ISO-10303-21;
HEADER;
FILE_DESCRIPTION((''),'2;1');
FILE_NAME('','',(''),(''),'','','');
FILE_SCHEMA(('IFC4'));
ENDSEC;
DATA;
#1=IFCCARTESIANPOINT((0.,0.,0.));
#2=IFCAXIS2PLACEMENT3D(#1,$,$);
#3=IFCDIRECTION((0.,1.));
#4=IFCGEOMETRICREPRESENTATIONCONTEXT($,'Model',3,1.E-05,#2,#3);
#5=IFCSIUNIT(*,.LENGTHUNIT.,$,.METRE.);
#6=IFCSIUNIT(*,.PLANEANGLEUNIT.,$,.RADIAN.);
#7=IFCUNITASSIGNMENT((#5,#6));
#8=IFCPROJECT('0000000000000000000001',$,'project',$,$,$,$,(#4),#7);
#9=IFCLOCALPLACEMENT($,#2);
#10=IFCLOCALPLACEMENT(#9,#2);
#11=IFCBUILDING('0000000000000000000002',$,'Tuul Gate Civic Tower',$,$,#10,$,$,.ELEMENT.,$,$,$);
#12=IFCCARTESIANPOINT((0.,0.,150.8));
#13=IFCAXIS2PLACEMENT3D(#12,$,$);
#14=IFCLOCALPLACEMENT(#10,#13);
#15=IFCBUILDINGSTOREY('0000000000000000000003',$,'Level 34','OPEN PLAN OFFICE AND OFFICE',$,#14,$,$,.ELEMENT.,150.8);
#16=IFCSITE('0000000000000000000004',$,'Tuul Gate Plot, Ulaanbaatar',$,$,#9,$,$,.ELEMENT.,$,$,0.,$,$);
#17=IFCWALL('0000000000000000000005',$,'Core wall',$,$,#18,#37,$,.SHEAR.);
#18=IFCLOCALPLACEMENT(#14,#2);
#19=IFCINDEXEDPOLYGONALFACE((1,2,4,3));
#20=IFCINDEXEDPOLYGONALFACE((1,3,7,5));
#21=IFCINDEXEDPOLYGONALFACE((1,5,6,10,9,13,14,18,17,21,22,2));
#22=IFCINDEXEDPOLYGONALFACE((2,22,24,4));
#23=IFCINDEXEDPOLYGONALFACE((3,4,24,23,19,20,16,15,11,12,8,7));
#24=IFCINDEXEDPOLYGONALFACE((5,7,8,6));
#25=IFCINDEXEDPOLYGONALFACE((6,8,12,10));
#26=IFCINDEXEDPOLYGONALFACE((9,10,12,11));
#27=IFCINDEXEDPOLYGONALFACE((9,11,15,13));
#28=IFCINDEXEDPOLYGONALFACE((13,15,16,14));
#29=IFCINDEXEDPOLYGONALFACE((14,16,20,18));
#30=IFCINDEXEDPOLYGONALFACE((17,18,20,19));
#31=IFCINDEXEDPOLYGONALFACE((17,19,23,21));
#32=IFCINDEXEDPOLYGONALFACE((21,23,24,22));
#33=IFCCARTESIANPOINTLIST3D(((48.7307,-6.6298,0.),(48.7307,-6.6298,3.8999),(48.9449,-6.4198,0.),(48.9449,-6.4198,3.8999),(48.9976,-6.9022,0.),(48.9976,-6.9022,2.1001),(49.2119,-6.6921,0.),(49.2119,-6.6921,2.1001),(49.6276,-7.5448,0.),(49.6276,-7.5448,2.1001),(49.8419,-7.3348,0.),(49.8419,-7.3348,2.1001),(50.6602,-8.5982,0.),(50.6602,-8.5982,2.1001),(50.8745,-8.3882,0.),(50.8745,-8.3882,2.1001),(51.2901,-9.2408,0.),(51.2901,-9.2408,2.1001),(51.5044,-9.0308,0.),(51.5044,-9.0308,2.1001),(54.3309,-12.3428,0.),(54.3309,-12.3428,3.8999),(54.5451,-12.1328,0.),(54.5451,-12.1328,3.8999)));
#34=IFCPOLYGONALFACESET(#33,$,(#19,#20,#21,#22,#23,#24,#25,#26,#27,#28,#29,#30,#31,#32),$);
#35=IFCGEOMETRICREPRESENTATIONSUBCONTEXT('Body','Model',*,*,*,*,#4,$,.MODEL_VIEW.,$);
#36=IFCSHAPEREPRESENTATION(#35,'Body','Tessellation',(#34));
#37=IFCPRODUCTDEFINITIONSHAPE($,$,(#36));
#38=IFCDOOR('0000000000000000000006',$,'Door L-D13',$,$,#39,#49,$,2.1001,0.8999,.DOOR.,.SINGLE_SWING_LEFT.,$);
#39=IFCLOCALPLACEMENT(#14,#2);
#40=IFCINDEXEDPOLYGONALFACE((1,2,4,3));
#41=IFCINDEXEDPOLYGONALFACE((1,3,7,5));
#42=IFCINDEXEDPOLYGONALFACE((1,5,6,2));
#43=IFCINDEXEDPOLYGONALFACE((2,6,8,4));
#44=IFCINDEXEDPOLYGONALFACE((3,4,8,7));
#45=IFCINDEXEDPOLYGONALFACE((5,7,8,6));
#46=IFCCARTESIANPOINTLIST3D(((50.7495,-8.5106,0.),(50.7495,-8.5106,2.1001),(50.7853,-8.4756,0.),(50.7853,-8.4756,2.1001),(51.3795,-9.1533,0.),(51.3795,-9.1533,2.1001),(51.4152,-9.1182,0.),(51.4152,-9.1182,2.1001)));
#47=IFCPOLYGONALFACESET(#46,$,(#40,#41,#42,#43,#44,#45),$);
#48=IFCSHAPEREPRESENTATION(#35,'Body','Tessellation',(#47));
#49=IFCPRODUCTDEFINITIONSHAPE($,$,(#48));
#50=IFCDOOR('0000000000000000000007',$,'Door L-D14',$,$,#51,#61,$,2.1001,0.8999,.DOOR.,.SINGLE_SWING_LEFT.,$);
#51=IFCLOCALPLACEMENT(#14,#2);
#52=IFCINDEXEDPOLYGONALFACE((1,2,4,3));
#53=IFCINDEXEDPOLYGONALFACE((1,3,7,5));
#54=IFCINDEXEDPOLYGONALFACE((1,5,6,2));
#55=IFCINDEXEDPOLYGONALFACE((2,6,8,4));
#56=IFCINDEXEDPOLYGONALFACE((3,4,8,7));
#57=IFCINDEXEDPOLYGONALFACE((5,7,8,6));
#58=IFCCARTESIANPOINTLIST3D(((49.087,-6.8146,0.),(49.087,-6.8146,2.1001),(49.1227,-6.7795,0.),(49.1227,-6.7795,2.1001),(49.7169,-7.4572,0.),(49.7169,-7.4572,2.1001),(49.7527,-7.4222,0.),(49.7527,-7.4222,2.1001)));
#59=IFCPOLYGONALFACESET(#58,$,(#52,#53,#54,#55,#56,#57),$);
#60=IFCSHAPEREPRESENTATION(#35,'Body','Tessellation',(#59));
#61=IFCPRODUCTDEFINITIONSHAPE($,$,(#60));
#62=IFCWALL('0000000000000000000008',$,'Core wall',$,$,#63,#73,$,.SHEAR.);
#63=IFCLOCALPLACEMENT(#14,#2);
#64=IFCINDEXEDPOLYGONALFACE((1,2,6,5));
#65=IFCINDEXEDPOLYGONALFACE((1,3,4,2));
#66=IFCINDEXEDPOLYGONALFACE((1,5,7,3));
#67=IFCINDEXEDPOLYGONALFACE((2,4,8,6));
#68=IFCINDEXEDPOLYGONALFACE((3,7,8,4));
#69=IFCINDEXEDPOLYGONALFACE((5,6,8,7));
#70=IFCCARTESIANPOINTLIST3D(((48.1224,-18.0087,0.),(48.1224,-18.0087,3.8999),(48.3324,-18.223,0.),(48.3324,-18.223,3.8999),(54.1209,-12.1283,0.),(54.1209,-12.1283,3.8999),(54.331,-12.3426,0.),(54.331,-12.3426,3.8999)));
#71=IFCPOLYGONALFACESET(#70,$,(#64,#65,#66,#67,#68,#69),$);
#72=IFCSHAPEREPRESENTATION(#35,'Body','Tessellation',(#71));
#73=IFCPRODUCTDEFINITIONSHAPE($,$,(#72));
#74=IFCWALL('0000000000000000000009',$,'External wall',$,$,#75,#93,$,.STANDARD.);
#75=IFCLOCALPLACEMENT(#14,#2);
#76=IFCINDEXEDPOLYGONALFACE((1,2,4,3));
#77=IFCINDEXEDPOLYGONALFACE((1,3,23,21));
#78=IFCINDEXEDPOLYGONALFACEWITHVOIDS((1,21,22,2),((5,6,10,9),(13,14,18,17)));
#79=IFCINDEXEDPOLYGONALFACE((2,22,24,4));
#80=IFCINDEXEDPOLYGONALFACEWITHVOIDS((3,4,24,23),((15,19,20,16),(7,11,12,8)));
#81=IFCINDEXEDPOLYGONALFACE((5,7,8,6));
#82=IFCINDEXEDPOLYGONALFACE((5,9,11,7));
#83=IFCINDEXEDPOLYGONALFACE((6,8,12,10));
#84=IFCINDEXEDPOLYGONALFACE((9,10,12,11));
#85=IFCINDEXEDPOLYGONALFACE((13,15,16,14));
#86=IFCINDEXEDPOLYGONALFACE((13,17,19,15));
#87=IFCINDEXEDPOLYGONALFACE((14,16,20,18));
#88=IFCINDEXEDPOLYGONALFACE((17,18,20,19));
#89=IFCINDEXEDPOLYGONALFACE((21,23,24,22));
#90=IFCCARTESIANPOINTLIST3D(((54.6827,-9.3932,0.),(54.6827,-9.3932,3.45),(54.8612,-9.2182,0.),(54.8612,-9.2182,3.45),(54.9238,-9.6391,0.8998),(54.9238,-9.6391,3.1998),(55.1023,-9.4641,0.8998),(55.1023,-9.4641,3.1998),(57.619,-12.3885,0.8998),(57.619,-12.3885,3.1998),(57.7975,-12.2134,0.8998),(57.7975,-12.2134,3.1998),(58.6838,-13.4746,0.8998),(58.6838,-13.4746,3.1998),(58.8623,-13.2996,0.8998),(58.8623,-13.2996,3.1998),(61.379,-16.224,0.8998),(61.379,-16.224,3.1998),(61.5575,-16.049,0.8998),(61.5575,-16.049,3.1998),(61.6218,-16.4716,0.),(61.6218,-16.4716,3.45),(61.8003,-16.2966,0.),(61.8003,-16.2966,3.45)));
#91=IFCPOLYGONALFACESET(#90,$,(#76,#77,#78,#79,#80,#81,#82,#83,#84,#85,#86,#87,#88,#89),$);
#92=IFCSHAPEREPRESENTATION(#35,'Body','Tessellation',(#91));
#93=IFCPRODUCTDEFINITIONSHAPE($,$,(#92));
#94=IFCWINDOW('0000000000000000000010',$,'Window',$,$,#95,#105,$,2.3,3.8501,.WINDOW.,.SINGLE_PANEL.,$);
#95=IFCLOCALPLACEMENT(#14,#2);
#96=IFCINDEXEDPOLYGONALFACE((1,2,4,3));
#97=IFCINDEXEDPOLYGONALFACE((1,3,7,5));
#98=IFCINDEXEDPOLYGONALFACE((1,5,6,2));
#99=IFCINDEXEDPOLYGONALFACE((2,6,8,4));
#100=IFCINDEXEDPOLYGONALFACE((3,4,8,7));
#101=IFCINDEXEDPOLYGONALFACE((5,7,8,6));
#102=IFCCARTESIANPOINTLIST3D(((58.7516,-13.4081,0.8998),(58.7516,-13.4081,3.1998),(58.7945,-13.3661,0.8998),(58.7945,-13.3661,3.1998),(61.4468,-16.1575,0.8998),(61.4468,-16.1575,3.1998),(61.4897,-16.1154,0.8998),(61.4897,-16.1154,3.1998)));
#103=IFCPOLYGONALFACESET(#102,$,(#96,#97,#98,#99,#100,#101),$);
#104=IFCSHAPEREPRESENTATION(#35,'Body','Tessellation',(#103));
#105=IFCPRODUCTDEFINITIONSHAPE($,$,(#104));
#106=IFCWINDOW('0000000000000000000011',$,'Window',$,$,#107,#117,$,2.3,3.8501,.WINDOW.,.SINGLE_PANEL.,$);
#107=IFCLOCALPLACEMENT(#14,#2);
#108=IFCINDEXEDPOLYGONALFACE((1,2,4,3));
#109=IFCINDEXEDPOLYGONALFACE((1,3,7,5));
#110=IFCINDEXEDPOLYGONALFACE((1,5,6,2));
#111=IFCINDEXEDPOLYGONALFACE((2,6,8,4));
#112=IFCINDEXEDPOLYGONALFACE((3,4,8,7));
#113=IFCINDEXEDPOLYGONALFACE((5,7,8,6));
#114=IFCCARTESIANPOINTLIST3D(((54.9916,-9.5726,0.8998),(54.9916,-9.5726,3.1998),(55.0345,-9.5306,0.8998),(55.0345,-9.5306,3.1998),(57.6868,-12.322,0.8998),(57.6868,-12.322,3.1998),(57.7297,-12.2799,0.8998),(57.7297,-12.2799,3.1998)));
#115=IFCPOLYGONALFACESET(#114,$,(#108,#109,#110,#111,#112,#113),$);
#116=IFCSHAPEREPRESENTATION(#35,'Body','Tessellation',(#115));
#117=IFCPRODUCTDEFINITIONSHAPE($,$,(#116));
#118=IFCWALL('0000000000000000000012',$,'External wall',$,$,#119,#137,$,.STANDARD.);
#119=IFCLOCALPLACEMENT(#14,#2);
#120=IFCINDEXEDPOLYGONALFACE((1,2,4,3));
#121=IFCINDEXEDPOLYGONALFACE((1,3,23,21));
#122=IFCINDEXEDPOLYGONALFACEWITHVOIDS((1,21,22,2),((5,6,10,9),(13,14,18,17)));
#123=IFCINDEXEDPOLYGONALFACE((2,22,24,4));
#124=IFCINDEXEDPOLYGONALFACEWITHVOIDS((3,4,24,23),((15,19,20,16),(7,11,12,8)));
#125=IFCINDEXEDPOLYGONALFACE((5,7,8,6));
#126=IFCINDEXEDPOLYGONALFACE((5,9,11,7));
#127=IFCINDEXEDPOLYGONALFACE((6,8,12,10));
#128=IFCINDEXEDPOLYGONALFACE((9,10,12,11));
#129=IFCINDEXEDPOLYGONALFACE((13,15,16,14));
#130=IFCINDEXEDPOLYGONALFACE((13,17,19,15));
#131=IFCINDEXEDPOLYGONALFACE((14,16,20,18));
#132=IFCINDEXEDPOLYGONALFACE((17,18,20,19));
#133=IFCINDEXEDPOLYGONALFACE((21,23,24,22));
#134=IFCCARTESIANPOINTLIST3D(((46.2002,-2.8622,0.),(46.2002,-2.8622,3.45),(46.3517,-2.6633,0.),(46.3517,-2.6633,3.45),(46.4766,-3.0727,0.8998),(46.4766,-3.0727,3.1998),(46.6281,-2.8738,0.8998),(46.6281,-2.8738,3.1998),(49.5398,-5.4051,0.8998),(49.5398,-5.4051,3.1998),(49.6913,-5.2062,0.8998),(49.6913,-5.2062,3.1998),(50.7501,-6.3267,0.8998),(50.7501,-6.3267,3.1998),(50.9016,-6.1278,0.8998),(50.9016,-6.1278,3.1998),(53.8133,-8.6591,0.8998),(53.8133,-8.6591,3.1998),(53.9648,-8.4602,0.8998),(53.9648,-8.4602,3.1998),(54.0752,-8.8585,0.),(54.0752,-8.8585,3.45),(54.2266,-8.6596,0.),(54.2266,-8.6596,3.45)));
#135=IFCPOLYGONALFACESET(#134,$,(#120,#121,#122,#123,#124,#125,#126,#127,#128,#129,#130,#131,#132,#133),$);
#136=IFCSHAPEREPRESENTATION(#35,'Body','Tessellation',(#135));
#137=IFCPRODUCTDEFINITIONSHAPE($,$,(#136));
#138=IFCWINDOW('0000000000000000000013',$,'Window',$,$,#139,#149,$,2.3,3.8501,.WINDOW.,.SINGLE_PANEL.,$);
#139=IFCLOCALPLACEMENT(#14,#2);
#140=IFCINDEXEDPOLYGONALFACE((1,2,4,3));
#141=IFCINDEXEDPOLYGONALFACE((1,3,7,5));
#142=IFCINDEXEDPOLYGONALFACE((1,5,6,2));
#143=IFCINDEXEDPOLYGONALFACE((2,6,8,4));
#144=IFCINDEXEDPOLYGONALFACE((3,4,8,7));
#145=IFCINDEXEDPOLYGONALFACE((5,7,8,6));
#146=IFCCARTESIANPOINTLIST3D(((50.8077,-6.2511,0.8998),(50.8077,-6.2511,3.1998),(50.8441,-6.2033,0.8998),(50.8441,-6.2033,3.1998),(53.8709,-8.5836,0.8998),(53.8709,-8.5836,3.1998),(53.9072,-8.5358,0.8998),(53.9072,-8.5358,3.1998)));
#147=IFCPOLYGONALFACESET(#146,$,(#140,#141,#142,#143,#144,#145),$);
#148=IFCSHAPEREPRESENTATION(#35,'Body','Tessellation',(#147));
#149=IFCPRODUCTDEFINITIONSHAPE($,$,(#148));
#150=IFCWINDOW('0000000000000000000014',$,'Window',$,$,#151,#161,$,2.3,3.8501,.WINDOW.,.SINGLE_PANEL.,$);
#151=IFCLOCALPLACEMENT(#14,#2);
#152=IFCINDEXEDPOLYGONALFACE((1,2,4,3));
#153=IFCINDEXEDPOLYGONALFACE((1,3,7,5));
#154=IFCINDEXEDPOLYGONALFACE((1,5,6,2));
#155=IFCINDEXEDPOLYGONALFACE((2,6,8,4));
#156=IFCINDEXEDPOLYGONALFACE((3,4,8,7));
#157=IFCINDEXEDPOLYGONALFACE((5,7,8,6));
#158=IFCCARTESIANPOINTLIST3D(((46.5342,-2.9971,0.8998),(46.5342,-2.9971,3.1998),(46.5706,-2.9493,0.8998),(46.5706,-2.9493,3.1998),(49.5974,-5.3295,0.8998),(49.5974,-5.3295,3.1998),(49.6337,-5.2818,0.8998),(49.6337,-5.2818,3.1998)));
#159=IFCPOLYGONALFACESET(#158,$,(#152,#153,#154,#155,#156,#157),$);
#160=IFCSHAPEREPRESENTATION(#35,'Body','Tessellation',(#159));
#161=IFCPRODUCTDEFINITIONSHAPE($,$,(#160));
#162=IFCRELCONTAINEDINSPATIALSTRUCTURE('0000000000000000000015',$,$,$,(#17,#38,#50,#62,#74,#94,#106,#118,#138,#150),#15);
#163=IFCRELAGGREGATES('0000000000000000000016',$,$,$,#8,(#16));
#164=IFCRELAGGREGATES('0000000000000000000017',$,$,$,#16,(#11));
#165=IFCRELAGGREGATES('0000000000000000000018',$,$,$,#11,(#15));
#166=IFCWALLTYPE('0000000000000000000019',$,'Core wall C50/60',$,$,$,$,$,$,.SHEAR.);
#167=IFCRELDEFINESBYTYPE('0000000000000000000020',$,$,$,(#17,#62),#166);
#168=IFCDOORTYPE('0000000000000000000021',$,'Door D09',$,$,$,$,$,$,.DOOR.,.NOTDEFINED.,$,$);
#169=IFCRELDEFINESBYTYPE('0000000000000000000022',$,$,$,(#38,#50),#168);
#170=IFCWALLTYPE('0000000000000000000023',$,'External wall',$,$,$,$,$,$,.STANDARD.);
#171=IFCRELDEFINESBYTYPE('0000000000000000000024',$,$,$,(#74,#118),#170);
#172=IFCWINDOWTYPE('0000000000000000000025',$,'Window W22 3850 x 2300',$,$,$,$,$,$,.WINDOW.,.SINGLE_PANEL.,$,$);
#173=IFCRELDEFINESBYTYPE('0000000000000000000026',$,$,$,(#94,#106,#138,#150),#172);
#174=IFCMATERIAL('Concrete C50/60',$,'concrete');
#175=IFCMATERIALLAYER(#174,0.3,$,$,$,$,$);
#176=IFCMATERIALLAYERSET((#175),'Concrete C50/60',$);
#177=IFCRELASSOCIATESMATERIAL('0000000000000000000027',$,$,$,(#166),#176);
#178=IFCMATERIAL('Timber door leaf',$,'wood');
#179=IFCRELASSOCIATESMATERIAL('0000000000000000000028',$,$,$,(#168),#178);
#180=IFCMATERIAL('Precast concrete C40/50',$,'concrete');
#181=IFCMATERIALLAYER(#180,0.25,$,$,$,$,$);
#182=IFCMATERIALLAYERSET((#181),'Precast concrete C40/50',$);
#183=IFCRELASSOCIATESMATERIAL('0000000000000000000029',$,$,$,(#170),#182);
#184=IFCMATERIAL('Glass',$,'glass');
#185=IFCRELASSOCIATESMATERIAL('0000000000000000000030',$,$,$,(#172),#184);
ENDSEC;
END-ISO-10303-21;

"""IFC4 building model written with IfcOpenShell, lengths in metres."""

from ifc_helpers import new_model, si_unit, direction, frame, frame_2d, origin, place, context, subcontext, project, spatial, rectangle, extrude, material, layer, layer_set, type_object, element, fill, save


model = new_model("IFC4")

# Units and contexts
model_context = context("Model", 3, precision=1e-05, world=origin(), true_north=direction((0.0, 1.0)))
body_context = subcontext(model_context, "Body", "Model", "MODEL_VIEW")
ifc_project = project(units=[si_unit("LENGTHUNIT", "METRE"), si_unit("PLANEANGLEUNIT", "RADIAN")], contexts=[model_context])

# Site, building, storey
site_placement = place(None, origin())
site = spatial("IfcSite", under=ifc_project, at=site_placement, Name="Tuul Gate Plot, Ulaanbaatar", CompositionType="ELEMENT", RefElevation=0.0)
building_placement = place(site_placement, origin())
building = spatial("IfcBuilding", under=site, at=building_placement, Name="Tuul Gate Civic Tower", CompositionType="ELEMENT")
storey_placement = place(building_placement, frame((0.0, 0.0, 150.8)))
storey = spatial("IfcBuildingStorey", under=building, at=storey_placement, Name="Level 34", Description="OPEN PLAN OFFICE AND OFFICE", CompositionType="ELEMENT", Elevation=150.8)

# Shared definitions
ifc_material_1 = material(Name="Concrete C50/60", Category="concrete")
ifc_layer_1 = layer(ifc_material_1, 0.3)
ifc_layer_set_1 = layer_set([ifc_layer_1], Name="Concrete C50/60")
wall_type_1 = type_object("IfcWallType", Name="Core wall C50/60", PredefinedType="SHEAR", material=ifc_layer_set_1)

# Wall, openings, doors
wall_1_placement = place(storey_placement, frame((54.438, -12.2378, 0.0), z_axis=(0.0, 0.0, 1.0), x_axis=(-0.700022, 0.714121, 0.0)))
wall_1 = element("IfcWall", 1, at=wall_1_placement, inside=storey, type_object=wall_type_1, Name="Core wall", PredefinedType="SHEAR", context=body_context, shape_type="SweptSolid", body=[
    extrude(rectangle(XDim=8.0, YDim=0.3, at=frame_2d((4.0, 0.0))), origin(), (0.0, 0.0, 1.0), 3.8999),
])
opening_1_placement = place(wall_1_placement, frame((4.3438, 0.0, 0.0)))
opening_1 = element("IfcOpeningElement", 2, at=opening_1_placement, cuts=wall_1, PredefinedType="OPENING", context=body_context, shape_type="SweptSolid", body=[
    extrude(rectangle(XDim=0.8999, YDim=2.1001, at=frame_2d((0.45, 1.05))), frame((0.0, 0.1602, 0.0), z_axis=(0.0, -1.0, 0.0), x_axis=(1.0, 0.0, 0.0)), (0.0, 0.0, 1.0), 0.3201),
])
opening_2_placement = place(wall_1_placement, frame((6.7188, 0.0, 0.0)))
opening_2 = element("IfcOpeningElement", 3, at=opening_2_placement, cuts=wall_1, PredefinedType="OPENING", context=body_context, shape_type="SweptSolid", body=[
    extrude(rectangle(XDim=0.8999, YDim=2.1001, at=frame_2d((0.45, 1.05))), frame((0.0, 0.1602, 0.0), z_axis=(0.0, -1.0, 0.0), x_axis=(1.0, 0.0, 0.0)), (0.0, 0.0, 1.0), 0.3201),
])
ifc_material_2 = material(Name="Timber door leaf", Category="wood")
door_type_1 = type_object("IfcDoorType", Name="Door D09", OperationType="NOTDEFINED", PredefinedType="DOOR", material=ifc_material_2)
door_1_placement = place(opening_1_placement, origin())
door_1 = element("IfcDoor", 4, at=door_1_placement, inside=storey, type_object=door_type_1, Name="Door L-D13", OperationType="SINGLE_SWING_LEFT", OverallHeight=2.1001, OverallWidth=0.8999, PredefinedType="DOOR", context=body_context, shape_type="SweptSolid", body=[
    extrude(rectangle(XDim=0.8999, YDim=2.1001, at=frame_2d((0.45, 1.05))), frame((0.0, 0.0249, 0.0), z_axis=(0.0, -1.0, 0.0), x_axis=(1.0, 0.0, 0.0)), (0.0, 0.0, 1.0), 0.05),
])
fill(opening_1, door_1)
door_2_placement = place(opening_2_placement, origin())
door_2 = element("IfcDoor", 5, at=door_2_placement, inside=storey, type_object=door_type_1, Name="Door L-D14", OperationType="SINGLE_SWING_LEFT", OverallHeight=2.1001, OverallWidth=0.8999, PredefinedType="DOOR", context=body_context, shape_type="SweptSolid", body=[
    extrude(rectangle(XDim=0.8999, YDim=2.1001, at=frame_2d((0.45, 1.05))), frame((0.0, 0.0249, 0.0), z_axis=(0.0, -1.0, 0.0), x_axis=(1.0, 0.0, 0.0)), (0.0, 0.0, 1.0), 0.05),
])
fill(opening_2, door_2)

# Wall
wall_2_placement = place(storey_placement, frame((48.2273, -18.116, 0.0), z_axis=(0.0, 0.0, 1.0), x_axis=(0.714105, 0.700038, 0.0)))
element("IfcWall", 6, at=wall_2_placement, inside=storey, type_object=wall_type_1, Name="Core wall", PredefinedType="SHEAR", context=body_context, shape_type="SweptSolid", body=[
    extrude(rectangle(XDim=8.4001, YDim=0.3, at=frame_2d((4.2002, 0.0))), origin(), (0.0, 0.0, 1.0), 3.8999),
])

# Walls, openings, windows
ifc_material_3 = material(Name="Precast concrete C40/50", Category="concrete")
ifc_layer_2 = layer(ifc_material_3, 0.25)
ifc_layer_set_2 = layer_set([ifc_layer_2], Name="Precast concrete C40/50")
wall_type_2 = type_object("IfcWallType", Name="External wall", PredefinedType="STANDARD", material=ifc_layer_set_2)
wall_3_placement = place(storey_placement, frame((61.7109, -16.384, 0.0), z_axis=(0.0, 0.0, 1.0), x_axis=(-0.70004, 0.714104, 0.0)))
wall_3 = element("IfcWall", 7, at=wall_3_placement, inside=storey, type_object=wall_type_2, Name="External wall", PredefinedType="STANDARD", context=body_context, shape_type="SweptSolid", body=[
    extrude(rectangle(XDim=9.9124, YDim=0.25, at=frame_2d((4.9561, 0.0))), origin(), (0.0, 0.0, 1.0), 3.45),
])
opening_3_placement = place(wall_3_placement, frame((0.3467, 0.0, 0.8999)))
opening_3 = element("IfcOpeningElement", 8, at=opening_3_placement, cuts=wall_3, PredefinedType="OPENING", context=body_context, shape_type="SweptSolid", body=[
    extrude(rectangle(XDim=3.8501, YDim=2.3, at=frame_2d((1.925, 1.1499))), frame((0.0, 0.135, 0.0), z_axis=(0.0, -1.0, 0.0), x_axis=(1.0, 0.0, 0.0)), (0.0, 0.0, 1.0), 0.27),
])
opening_4_placement = place(wall_3_placement, frame((5.7178, 0.0, 0.8999)))
opening_4 = element("IfcOpeningElement", 9, at=opening_4_placement, cuts=wall_3, PredefinedType="OPENING", context=body_context, shape_type="SweptSolid", body=[
    extrude(rectangle(XDim=3.8501, YDim=2.3, at=frame_2d((1.925, 1.1499))), frame((0.0, 0.135, 0.0), z_axis=(0.0, -1.0, 0.0), x_axis=(1.0, 0.0, 0.0)), (0.0, 0.0, 1.0), 0.27),
])
ifc_material_4 = material(Name="Glass", Category="glass")
window_type = type_object("IfcWindowType", Name="Window W22 3850 x 2300", PartitioningType="SINGLE_PANEL", PredefinedType="WINDOW", material=ifc_material_4)
window_1_placement = place(opening_3_placement, origin())
window_1 = element("IfcWindow", 10, at=window_1_placement, inside=storey, type_object=window_type, Name="Window", OverallHeight=2.3, OverallWidth=3.8501, PartitioningType="SINGLE_PANEL", PredefinedType="WINDOW", context=body_context, shape_type="SweptSolid", body=[
    extrude(rectangle(XDim=3.8501, YDim=2.3, at=frame_2d((1.925, 1.1499))), frame((0.0, 0.03, 0.0), z_axis=(0.0, -1.0, 0.0), x_axis=(1.0, 0.0, 0.0)), (0.0, 0.0, 1.0), 0.0601),
])
fill(opening_3, window_1)
window_2_placement = place(opening_4_placement, origin())
window_2 = element("IfcWindow", 11, at=window_2_placement, inside=storey, type_object=window_type, Name="Window", OverallHeight=2.3, OverallWidth=3.8501, PartitioningType="SINGLE_PANEL", PredefinedType="WINDOW", context=body_context, shape_type="SweptSolid", body=[
    extrude(rectangle(XDim=3.8501, YDim=2.3, at=frame_2d((1.925, 1.1499))), frame((0.0, 0.03, 0.0), z_axis=(0.0, -1.0, 0.0), x_axis=(1.0, 0.0, 0.0)), (0.0, 0.0, 1.0), 0.0601),
])
fill(opening_4, window_2)
wall_4_placement = place(storey_placement, frame((54.1509, -8.759, 0.0), z_axis=(0.0, 0.0, 1.0), x_axis=(-0.79561, 0.605809, 0.0)))
wall_4 = element("IfcWall", 12, at=wall_4_placement, inside=storey, type_object=wall_type_2, Name="External wall", PredefinedType="STANDARD", context=body_context, shape_type="SweptSolid", body=[
    extrude(rectangle(XDim=9.8979, YDim=0.25, at=frame_2d((4.949, 0.0))), origin(), (0.0, 0.0, 1.0), 3.45),
])
opening_5_placement = place(wall_4_placement, frame((0.3291, 0.0, 0.8999)))
opening_5 = element("IfcOpeningElement", 13, at=opening_5_placement, cuts=wall_4, PredefinedType="OPENING", context=body_context, shape_type="SweptSolid", body=[
    extrude(rectangle(XDim=3.8501, YDim=2.3, at=frame_2d((1.925, 1.1499))), frame((0.0, 0.135, 0.0), z_axis=(0.0, -1.0, 0.0), x_axis=(1.0, 0.0, 0.0)), (0.0, 0.0, 1.0), 0.27),
])
opening_6_placement = place(wall_4_placement, frame((5.7004, 0.0, 0.8999)))
opening_6 = element("IfcOpeningElement", 14, at=opening_6_placement, cuts=wall_4, PredefinedType="OPENING", context=body_context, shape_type="SweptSolid", body=[
    extrude(rectangle(XDim=3.8501, YDim=2.3, at=frame_2d((1.925, 1.1499))), frame((0.0, 0.135, 0.0), z_axis=(0.0, -1.0, 0.0), x_axis=(1.0, 0.0, 0.0)), (0.0, 0.0, 1.0), 0.27),
])
window_3_placement = place(opening_5_placement, origin())
window_3 = element("IfcWindow", 15, at=window_3_placement, inside=storey, type_object=window_type, Name="Window", OverallHeight=2.3, OverallWidth=3.8501, PartitioningType="SINGLE_PANEL", PredefinedType="WINDOW", context=body_context, shape_type="SweptSolid", body=[
    extrude(rectangle(XDim=3.8501, YDim=2.3, at=frame_2d((1.925, 1.1499))), frame((0.0, 0.03, 0.0), z_axis=(0.0, -1.0, 0.0), x_axis=(1.0, 0.0, 0.0)), (0.0, 0.0, 1.0), 0.0601),
])
fill(opening_5, window_3)
window_4_placement = place(opening_6_placement, origin())
window_4 = element("IfcWindow", 16, at=window_4_placement, inside=storey, type_object=window_type, Name="Window", OverallHeight=2.3, OverallWidth=3.8501, PartitioningType="SINGLE_PANEL", PredefinedType="WINDOW", context=body_context, shape_type="SweptSolid", body=[
    extrude(rectangle(XDim=3.8501, YDim=2.3, at=frame_2d((1.925, 1.1499))), frame((0.0, 0.03, 0.0), z_axis=(0.0, -1.0, 0.0), x_axis=(1.0, 0.0, 0.0)), (0.0, 0.0, 1.0), 0.0601),
])
fill(opening_6, window_4)

save(model, "model.ifc")
